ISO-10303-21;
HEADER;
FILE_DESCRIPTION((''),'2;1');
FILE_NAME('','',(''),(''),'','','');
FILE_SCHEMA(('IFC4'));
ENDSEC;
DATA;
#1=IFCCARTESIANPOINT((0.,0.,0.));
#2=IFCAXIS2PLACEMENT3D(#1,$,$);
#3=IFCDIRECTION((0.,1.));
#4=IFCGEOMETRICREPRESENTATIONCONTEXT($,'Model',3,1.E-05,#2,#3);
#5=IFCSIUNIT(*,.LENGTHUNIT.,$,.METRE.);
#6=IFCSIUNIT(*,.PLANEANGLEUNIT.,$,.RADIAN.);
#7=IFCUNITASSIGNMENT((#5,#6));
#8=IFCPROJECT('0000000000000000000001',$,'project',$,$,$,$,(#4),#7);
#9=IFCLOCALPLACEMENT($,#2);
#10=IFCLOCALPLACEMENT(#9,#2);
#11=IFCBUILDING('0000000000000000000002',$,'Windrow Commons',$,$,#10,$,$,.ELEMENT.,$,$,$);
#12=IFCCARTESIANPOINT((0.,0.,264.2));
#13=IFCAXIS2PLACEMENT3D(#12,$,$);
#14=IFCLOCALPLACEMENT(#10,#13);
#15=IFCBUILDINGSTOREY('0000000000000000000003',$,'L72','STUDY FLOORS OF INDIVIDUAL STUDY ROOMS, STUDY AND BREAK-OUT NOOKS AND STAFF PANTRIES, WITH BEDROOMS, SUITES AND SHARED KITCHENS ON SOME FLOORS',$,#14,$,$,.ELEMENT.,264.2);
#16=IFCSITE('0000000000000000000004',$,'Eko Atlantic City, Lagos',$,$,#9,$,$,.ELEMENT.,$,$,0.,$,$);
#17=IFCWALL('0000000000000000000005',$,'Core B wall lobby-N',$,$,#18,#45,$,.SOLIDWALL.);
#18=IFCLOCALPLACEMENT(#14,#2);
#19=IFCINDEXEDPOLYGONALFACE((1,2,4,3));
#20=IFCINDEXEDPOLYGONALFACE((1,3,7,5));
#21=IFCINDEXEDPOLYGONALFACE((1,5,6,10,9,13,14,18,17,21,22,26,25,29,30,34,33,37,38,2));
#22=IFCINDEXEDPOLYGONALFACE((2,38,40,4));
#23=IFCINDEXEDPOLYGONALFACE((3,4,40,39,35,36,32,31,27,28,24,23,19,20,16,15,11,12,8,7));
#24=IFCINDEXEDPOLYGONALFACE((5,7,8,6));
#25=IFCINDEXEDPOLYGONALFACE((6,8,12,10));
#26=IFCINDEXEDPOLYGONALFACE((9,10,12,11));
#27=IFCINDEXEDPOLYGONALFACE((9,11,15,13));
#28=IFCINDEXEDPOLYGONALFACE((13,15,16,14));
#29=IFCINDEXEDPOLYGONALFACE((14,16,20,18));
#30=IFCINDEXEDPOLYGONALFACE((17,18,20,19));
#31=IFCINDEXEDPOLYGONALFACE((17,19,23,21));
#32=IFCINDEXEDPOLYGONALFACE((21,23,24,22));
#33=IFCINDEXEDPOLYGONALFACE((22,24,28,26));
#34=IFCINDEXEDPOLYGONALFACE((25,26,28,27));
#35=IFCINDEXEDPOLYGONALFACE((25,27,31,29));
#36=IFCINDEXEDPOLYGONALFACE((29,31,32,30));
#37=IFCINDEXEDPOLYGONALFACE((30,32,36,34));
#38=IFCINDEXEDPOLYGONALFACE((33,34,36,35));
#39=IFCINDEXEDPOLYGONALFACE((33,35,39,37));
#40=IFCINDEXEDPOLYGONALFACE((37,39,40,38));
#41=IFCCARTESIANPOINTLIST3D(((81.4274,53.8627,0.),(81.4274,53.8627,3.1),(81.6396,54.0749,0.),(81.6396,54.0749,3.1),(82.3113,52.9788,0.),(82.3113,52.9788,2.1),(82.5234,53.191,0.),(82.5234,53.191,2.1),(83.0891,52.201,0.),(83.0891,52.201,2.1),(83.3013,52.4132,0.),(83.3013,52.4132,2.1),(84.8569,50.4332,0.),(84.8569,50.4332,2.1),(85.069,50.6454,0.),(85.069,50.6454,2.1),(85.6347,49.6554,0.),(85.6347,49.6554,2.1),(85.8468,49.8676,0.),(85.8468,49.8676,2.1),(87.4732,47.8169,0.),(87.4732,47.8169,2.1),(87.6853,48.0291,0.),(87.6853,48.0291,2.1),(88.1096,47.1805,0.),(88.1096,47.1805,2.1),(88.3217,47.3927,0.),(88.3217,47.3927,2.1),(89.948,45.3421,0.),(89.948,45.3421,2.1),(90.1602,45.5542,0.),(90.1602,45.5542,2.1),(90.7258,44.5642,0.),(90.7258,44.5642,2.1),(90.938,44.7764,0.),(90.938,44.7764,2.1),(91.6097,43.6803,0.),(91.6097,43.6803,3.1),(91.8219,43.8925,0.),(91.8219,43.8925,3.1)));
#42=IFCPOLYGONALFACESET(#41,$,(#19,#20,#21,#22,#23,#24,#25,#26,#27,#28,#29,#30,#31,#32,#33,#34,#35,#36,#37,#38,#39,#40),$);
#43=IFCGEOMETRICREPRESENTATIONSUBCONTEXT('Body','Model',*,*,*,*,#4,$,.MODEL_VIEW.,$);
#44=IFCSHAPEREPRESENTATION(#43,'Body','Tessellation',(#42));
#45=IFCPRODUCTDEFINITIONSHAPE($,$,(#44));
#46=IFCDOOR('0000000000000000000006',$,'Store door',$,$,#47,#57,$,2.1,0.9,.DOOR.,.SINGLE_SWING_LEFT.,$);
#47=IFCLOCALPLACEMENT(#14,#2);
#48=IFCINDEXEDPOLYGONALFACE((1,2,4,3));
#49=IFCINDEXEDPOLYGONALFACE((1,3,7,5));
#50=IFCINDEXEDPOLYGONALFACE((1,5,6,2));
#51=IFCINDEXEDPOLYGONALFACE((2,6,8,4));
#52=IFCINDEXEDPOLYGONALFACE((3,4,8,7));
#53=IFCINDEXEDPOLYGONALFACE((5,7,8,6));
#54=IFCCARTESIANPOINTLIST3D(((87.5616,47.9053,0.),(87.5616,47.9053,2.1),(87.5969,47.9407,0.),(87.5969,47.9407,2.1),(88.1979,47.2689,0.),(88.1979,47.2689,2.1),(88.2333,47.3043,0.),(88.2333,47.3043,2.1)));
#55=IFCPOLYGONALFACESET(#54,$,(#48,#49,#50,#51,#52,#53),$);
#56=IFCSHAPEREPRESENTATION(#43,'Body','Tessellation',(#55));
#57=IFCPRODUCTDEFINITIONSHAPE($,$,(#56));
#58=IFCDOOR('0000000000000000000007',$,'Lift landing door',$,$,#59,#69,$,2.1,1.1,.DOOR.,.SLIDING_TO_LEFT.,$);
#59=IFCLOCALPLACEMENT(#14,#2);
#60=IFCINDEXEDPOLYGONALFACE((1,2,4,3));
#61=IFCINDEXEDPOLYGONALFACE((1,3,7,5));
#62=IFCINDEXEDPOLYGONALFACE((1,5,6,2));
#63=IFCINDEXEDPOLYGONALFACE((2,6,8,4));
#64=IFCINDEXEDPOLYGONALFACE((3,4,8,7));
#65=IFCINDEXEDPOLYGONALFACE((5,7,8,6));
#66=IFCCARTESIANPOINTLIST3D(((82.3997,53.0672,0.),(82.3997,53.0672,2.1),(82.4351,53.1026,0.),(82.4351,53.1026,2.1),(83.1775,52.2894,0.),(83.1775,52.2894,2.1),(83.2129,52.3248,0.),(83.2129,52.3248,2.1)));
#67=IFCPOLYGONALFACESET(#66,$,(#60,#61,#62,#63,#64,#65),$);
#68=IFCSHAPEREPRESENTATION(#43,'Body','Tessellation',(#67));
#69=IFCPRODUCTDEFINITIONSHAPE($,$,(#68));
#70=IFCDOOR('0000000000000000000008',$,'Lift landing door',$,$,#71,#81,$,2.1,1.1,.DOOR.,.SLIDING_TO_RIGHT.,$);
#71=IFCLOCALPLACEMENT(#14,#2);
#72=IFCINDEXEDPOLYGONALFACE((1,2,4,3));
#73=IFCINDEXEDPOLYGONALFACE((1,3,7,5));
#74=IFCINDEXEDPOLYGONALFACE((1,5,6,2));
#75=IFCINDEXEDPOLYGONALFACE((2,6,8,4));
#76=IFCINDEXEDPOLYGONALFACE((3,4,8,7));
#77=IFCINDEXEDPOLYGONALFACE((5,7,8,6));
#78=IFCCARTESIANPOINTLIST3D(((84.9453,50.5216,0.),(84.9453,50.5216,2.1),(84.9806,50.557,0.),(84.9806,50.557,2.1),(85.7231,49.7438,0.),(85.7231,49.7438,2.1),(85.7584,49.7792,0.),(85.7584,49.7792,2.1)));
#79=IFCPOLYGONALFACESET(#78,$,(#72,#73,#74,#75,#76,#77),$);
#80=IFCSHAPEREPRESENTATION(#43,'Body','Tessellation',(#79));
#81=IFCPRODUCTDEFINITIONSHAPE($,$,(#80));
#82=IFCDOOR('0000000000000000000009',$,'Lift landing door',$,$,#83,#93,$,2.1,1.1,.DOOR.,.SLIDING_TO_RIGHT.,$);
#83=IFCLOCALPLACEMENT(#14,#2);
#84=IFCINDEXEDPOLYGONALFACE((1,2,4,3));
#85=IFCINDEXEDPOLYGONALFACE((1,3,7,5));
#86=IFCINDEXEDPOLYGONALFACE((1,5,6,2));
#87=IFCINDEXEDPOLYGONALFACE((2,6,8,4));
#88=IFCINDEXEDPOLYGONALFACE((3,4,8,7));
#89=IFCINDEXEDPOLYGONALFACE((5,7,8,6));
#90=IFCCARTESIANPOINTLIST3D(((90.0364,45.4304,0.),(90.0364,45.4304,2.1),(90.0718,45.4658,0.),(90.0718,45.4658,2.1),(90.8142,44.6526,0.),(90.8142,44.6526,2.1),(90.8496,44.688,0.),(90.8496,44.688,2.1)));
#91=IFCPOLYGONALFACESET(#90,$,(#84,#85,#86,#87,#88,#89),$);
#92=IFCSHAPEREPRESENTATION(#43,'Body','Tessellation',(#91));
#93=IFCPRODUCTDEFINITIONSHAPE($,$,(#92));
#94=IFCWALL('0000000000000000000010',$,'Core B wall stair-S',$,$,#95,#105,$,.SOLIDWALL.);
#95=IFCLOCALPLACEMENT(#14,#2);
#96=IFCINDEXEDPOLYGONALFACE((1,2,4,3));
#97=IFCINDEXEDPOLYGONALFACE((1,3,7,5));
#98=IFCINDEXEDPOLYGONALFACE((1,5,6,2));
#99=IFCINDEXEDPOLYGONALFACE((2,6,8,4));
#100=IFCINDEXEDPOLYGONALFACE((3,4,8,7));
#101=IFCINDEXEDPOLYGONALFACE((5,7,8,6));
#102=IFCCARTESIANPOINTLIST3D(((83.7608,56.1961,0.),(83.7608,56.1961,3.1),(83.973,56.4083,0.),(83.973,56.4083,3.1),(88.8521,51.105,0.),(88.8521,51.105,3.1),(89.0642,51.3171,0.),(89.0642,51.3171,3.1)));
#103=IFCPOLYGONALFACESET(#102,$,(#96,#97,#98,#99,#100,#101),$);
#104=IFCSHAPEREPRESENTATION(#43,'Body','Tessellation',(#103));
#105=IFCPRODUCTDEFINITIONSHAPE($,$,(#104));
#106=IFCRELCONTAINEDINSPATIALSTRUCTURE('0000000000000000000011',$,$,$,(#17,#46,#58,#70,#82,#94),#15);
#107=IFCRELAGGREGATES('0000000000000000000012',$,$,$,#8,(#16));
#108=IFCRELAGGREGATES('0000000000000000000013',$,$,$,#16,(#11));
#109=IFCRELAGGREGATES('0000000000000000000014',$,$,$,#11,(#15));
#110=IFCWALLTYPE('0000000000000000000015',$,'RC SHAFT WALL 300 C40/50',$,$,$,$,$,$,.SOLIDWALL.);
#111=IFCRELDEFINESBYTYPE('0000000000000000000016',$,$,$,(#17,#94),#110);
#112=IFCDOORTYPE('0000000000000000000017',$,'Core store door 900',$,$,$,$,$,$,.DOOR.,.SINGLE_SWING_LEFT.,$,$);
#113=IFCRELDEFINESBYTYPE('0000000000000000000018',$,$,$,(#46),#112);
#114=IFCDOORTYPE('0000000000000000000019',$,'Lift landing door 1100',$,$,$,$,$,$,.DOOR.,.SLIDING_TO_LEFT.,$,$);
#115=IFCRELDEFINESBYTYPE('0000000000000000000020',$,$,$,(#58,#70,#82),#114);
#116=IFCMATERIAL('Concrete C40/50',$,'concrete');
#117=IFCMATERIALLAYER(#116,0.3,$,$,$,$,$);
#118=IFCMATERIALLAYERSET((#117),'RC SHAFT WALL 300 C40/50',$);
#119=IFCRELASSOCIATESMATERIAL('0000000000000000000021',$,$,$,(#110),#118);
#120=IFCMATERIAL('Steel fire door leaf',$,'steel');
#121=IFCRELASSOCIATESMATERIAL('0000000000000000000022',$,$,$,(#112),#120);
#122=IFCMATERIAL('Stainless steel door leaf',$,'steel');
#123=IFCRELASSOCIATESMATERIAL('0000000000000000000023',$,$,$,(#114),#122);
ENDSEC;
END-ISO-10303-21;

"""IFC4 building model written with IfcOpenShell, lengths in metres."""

from ifc_helpers import new_model, si_unit, direction, frame, frame_2d, origin, place, context, subcontext, project, spatial, rectangle, extrude, material, layer, layer_set, type_object, element, fill, save


model = new_model("IFC4")

# Units and contexts
model_context = context("Model", 3, precision=1e-05, world=origin(), true_north=direction((0.0, 1.0)))
body_context = subcontext(model_context, "Body", "Model", "MODEL_VIEW")
ifc_project = project(units=[si_unit("LENGTHUNIT", "METRE"), si_unit("PLANEANGLEUNIT", "RADIAN")], contexts=[model_context])

# Site, building, storey
site_placement = place(None, origin())
site = spatial("IfcSite", under=ifc_project, at=site_placement, Name="Eko Atlantic City, Lagos", CompositionType="ELEMENT", RefElevation=0.0)
building_placement = place(site_placement, origin())
building = spatial("IfcBuilding", under=site, at=building_placement, Name="Windrow Commons", CompositionType="ELEMENT")
storey_placement = place(building_placement, frame((0.0, 0.0, 264.2)))
storey = spatial("IfcBuildingStorey", under=building, at=storey_placement, Name="L72", Description="STUDY FLOORS OF INDIVIDUAL STUDY ROOMS, STUDY AND BREAK-OUT NOOKS AND STAFF PANTRIES, WITH BEDROOMS, SUITES AND SHARED KITCHENS ON SOME FLOORS", CompositionType="ELEMENT", Elevation=264.2)

# Wall, openings, doors
ifc_material_1 = material(Name="Concrete C40/50", Category="concrete")
ifc_layer_1 = layer(ifc_material_1, 0.3)
ifc_layer_set_1 = layer_set([ifc_layer_1], Name="RC SHAFT WALL 300 C40/50")
wall_type_1 = type_object("IfcWallType", Name="RC SHAFT WALL 300 C40/50", PredefinedType="SOLIDWALL", material=ifc_layer_set_1)
wall_1_placement = place(storey_placement, frame((81.5335, 53.9688, 0.0), z_axis=(0.0, 0.0, 1.0), x_axis=(0.707103, -0.70711, 0.0)))
wall_1 = element("IfcWall", 1, at=wall_1_placement, inside=storey, type_object=wall_type_1, Name="Core B wall lobby-N", PredefinedType="SOLIDWALL", context=body_context, shape_type="SweptSolid", body=[
    extrude(rectangle(XDim=14.4, YDim=0.3, at=frame_2d((7.2, 0.0))), origin(), (0.0, 0.0, 1.0), 3.1),
])
opening_1_placement = place(wall_1_placement, frame((8.55, 0.0, 0.0)))
opening_1 = element("IfcOpeningElement", 2, at=opening_1_placement, cuts=wall_1, PredefinedType="OPENING", context=body_context, shape_type="SweptSolid", body=[
    extrude(rectangle(XDim=0.9, YDim=2.1, at=frame_2d((0.45, 1.05))), frame((0.0, 0.16, 0.0), z_axis=(0.0, -1.0, 0.0), x_axis=(1.0, 0.0, 0.0)), (0.0, 0.0, 1.0), 0.32),
])
opening_2_placement = place(wall_1_placement, frame((1.25, 0.0, 0.0)))
opening_2 = element("IfcOpeningElement", 3, at=opening_2_placement, cuts=wall_1, PredefinedType="OPENING", context=body_context, shape_type="SweptSolid", body=[
    extrude(rectangle(XDim=1.1, YDim=2.1, at=frame_2d((0.55, 1.05))), frame((0.0, 0.16, 0.0), z_axis=(0.0, -1.0, 0.0), x_axis=(1.0, 0.0, 0.0)), (0.0, 0.0, 1.0), 0.32),
])
opening_3_placement = place(wall_1_placement, frame((4.85, 0.0, 0.0)))
opening_3 = element("IfcOpeningElement", 4, at=opening_3_placement, cuts=wall_1, PredefinedType="OPENING", context=body_context, shape_type="SweptSolid", body=[
    extrude(rectangle(XDim=1.1, YDim=2.1, at=frame_2d((0.55, 1.05))), frame((0.0, 0.16, 0.0), z_axis=(0.0, -1.0, 0.0), x_axis=(1.0, 0.0, 0.0)), (0.0, 0.0, 1.0), 0.32),
])
opening_4_placement = place(wall_1_placement, frame((12.05, 0.0, 0.0)))
opening_4 = element("IfcOpeningElement", 5, at=opening_4_placement, cuts=wall_1, PredefinedType="OPENING", context=body_context, shape_type="SweptSolid", body=[
    extrude(rectangle(XDim=1.1, YDim=2.1, at=frame_2d((0.55, 1.05))), frame((0.0, 0.16, 0.0), z_axis=(0.0, -1.0, 0.0), x_axis=(1.0, 0.0, 0.0)), (0.0, 0.0, 1.0), 0.32),
])
ifc_material_2 = material(Name="Steel fire door leaf", Category="steel")
door_type_1 = type_object("IfcDoorType", Name="Core store door 900", OperationType="SINGLE_SWING_LEFT", PredefinedType="DOOR", material=ifc_material_2)
door_1_placement = place(opening_1_placement, origin())
door_1 = element("IfcDoor", 6, at=door_1_placement, inside=storey, type_object=door_type_1, Name="Store door", OperationType="SINGLE_SWING_LEFT", OverallHeight=2.1, OverallWidth=0.9, PredefinedType="DOOR", context=body_context, shape_type="SweptSolid", body=[
    extrude(rectangle(XDim=0.9, YDim=2.1, at=frame_2d((0.45, 1.05))), frame((0.0, 0.025, 0.0), z_axis=(0.0, -1.0, 0.0), x_axis=(1.0, 0.0, 0.0)), (0.0, 0.0, 1.0), 0.05),
])
fill(opening_1, door_1)
ifc_material_3 = material(Name="Stainless steel door leaf", Category="steel")
door_type_2 = type_object("IfcDoorType", Name="Lift landing door 1100", OperationType="SLIDING_TO_LEFT", PredefinedType="DOOR", material=ifc_material_3)
door_2_placement = place(opening_2_placement, origin())
door_2 = element("IfcDoor", 7, at=door_2_placement, inside=storey, type_object=door_type_2, Name="Lift landing door", OperationType="SLIDING_TO_LEFT", OverallHeight=2.1, OverallWidth=1.1, PredefinedType="DOOR", context=body_context, shape_type="SweptSolid", body=[
    extrude(rectangle(XDim=1.1, YDim=2.1, at=frame_2d((0.55, 1.05))), frame((0.0, 0.025, 0.0), z_axis=(0.0, -1.0, 0.0), x_axis=(1.0, 0.0, 0.0)), (0.0, 0.0, 1.0), 0.05),
])
fill(opening_2, door_2)
door_3_placement = place(opening_3_placement, origin())
door_3 = element("IfcDoor", 8, at=door_3_placement, inside=storey, type_object=door_type_2, Name="Lift landing door", OperationType="SLIDING_TO_RIGHT", OverallHeight=2.1, OverallWidth=1.1, PredefinedType="DOOR", context=body_context, shape_type="SweptSolid", body=[
    extrude(rectangle(XDim=1.1, YDim=2.1, at=frame_2d((0.55, 1.05))), frame((0.0, 0.025, 0.0), z_axis=(0.0, -1.0, 0.0), x_axis=(1.0, 0.0, 0.0)), (0.0, 0.0, 1.0), 0.05),
])
fill(opening_3, door_3)
door_4_placement = place(opening_4_placement, origin())
door_4 = element("IfcDoor", 9, at=door_4_placement, inside=storey, type_object=door_type_2, Name="Lift landing door", OperationType="SLIDING_TO_RIGHT", OverallHeight=2.1, OverallWidth=1.1, PredefinedType="DOOR", context=body_context, shape_type="SweptSolid", body=[
    extrude(rectangle(XDim=1.1, YDim=2.1, at=frame_2d((0.55, 1.05))), frame((0.0, 0.025, 0.0), z_axis=(0.0, -1.0, 0.0), x_axis=(1.0, 0.0, 0.0)), (0.0, 0.0, 1.0), 0.05),
])
fill(opening_4, door_4)

# Wall
wall_2_placement = place(storey_placement, frame((83.8669, 56.3022, 0.0), z_axis=(0.0, 0.0, 1.0), x_axis=(0.707114, -0.7071, 0.0)))
element("IfcWall", 10, at=wall_2_placement, inside=storey, type_object=wall_type_1, Name="Core B wall stair-S", PredefinedType="SOLIDWALL", context=body_context, shape_type="SweptSolid", body=[
    extrude(rectangle(XDim=7.2, YDim=0.3, at=frame_2d((3.6, 0.0))), origin(), (0.0, 0.0, 1.0), 3.1),
])

save(model, "model.ifc")
